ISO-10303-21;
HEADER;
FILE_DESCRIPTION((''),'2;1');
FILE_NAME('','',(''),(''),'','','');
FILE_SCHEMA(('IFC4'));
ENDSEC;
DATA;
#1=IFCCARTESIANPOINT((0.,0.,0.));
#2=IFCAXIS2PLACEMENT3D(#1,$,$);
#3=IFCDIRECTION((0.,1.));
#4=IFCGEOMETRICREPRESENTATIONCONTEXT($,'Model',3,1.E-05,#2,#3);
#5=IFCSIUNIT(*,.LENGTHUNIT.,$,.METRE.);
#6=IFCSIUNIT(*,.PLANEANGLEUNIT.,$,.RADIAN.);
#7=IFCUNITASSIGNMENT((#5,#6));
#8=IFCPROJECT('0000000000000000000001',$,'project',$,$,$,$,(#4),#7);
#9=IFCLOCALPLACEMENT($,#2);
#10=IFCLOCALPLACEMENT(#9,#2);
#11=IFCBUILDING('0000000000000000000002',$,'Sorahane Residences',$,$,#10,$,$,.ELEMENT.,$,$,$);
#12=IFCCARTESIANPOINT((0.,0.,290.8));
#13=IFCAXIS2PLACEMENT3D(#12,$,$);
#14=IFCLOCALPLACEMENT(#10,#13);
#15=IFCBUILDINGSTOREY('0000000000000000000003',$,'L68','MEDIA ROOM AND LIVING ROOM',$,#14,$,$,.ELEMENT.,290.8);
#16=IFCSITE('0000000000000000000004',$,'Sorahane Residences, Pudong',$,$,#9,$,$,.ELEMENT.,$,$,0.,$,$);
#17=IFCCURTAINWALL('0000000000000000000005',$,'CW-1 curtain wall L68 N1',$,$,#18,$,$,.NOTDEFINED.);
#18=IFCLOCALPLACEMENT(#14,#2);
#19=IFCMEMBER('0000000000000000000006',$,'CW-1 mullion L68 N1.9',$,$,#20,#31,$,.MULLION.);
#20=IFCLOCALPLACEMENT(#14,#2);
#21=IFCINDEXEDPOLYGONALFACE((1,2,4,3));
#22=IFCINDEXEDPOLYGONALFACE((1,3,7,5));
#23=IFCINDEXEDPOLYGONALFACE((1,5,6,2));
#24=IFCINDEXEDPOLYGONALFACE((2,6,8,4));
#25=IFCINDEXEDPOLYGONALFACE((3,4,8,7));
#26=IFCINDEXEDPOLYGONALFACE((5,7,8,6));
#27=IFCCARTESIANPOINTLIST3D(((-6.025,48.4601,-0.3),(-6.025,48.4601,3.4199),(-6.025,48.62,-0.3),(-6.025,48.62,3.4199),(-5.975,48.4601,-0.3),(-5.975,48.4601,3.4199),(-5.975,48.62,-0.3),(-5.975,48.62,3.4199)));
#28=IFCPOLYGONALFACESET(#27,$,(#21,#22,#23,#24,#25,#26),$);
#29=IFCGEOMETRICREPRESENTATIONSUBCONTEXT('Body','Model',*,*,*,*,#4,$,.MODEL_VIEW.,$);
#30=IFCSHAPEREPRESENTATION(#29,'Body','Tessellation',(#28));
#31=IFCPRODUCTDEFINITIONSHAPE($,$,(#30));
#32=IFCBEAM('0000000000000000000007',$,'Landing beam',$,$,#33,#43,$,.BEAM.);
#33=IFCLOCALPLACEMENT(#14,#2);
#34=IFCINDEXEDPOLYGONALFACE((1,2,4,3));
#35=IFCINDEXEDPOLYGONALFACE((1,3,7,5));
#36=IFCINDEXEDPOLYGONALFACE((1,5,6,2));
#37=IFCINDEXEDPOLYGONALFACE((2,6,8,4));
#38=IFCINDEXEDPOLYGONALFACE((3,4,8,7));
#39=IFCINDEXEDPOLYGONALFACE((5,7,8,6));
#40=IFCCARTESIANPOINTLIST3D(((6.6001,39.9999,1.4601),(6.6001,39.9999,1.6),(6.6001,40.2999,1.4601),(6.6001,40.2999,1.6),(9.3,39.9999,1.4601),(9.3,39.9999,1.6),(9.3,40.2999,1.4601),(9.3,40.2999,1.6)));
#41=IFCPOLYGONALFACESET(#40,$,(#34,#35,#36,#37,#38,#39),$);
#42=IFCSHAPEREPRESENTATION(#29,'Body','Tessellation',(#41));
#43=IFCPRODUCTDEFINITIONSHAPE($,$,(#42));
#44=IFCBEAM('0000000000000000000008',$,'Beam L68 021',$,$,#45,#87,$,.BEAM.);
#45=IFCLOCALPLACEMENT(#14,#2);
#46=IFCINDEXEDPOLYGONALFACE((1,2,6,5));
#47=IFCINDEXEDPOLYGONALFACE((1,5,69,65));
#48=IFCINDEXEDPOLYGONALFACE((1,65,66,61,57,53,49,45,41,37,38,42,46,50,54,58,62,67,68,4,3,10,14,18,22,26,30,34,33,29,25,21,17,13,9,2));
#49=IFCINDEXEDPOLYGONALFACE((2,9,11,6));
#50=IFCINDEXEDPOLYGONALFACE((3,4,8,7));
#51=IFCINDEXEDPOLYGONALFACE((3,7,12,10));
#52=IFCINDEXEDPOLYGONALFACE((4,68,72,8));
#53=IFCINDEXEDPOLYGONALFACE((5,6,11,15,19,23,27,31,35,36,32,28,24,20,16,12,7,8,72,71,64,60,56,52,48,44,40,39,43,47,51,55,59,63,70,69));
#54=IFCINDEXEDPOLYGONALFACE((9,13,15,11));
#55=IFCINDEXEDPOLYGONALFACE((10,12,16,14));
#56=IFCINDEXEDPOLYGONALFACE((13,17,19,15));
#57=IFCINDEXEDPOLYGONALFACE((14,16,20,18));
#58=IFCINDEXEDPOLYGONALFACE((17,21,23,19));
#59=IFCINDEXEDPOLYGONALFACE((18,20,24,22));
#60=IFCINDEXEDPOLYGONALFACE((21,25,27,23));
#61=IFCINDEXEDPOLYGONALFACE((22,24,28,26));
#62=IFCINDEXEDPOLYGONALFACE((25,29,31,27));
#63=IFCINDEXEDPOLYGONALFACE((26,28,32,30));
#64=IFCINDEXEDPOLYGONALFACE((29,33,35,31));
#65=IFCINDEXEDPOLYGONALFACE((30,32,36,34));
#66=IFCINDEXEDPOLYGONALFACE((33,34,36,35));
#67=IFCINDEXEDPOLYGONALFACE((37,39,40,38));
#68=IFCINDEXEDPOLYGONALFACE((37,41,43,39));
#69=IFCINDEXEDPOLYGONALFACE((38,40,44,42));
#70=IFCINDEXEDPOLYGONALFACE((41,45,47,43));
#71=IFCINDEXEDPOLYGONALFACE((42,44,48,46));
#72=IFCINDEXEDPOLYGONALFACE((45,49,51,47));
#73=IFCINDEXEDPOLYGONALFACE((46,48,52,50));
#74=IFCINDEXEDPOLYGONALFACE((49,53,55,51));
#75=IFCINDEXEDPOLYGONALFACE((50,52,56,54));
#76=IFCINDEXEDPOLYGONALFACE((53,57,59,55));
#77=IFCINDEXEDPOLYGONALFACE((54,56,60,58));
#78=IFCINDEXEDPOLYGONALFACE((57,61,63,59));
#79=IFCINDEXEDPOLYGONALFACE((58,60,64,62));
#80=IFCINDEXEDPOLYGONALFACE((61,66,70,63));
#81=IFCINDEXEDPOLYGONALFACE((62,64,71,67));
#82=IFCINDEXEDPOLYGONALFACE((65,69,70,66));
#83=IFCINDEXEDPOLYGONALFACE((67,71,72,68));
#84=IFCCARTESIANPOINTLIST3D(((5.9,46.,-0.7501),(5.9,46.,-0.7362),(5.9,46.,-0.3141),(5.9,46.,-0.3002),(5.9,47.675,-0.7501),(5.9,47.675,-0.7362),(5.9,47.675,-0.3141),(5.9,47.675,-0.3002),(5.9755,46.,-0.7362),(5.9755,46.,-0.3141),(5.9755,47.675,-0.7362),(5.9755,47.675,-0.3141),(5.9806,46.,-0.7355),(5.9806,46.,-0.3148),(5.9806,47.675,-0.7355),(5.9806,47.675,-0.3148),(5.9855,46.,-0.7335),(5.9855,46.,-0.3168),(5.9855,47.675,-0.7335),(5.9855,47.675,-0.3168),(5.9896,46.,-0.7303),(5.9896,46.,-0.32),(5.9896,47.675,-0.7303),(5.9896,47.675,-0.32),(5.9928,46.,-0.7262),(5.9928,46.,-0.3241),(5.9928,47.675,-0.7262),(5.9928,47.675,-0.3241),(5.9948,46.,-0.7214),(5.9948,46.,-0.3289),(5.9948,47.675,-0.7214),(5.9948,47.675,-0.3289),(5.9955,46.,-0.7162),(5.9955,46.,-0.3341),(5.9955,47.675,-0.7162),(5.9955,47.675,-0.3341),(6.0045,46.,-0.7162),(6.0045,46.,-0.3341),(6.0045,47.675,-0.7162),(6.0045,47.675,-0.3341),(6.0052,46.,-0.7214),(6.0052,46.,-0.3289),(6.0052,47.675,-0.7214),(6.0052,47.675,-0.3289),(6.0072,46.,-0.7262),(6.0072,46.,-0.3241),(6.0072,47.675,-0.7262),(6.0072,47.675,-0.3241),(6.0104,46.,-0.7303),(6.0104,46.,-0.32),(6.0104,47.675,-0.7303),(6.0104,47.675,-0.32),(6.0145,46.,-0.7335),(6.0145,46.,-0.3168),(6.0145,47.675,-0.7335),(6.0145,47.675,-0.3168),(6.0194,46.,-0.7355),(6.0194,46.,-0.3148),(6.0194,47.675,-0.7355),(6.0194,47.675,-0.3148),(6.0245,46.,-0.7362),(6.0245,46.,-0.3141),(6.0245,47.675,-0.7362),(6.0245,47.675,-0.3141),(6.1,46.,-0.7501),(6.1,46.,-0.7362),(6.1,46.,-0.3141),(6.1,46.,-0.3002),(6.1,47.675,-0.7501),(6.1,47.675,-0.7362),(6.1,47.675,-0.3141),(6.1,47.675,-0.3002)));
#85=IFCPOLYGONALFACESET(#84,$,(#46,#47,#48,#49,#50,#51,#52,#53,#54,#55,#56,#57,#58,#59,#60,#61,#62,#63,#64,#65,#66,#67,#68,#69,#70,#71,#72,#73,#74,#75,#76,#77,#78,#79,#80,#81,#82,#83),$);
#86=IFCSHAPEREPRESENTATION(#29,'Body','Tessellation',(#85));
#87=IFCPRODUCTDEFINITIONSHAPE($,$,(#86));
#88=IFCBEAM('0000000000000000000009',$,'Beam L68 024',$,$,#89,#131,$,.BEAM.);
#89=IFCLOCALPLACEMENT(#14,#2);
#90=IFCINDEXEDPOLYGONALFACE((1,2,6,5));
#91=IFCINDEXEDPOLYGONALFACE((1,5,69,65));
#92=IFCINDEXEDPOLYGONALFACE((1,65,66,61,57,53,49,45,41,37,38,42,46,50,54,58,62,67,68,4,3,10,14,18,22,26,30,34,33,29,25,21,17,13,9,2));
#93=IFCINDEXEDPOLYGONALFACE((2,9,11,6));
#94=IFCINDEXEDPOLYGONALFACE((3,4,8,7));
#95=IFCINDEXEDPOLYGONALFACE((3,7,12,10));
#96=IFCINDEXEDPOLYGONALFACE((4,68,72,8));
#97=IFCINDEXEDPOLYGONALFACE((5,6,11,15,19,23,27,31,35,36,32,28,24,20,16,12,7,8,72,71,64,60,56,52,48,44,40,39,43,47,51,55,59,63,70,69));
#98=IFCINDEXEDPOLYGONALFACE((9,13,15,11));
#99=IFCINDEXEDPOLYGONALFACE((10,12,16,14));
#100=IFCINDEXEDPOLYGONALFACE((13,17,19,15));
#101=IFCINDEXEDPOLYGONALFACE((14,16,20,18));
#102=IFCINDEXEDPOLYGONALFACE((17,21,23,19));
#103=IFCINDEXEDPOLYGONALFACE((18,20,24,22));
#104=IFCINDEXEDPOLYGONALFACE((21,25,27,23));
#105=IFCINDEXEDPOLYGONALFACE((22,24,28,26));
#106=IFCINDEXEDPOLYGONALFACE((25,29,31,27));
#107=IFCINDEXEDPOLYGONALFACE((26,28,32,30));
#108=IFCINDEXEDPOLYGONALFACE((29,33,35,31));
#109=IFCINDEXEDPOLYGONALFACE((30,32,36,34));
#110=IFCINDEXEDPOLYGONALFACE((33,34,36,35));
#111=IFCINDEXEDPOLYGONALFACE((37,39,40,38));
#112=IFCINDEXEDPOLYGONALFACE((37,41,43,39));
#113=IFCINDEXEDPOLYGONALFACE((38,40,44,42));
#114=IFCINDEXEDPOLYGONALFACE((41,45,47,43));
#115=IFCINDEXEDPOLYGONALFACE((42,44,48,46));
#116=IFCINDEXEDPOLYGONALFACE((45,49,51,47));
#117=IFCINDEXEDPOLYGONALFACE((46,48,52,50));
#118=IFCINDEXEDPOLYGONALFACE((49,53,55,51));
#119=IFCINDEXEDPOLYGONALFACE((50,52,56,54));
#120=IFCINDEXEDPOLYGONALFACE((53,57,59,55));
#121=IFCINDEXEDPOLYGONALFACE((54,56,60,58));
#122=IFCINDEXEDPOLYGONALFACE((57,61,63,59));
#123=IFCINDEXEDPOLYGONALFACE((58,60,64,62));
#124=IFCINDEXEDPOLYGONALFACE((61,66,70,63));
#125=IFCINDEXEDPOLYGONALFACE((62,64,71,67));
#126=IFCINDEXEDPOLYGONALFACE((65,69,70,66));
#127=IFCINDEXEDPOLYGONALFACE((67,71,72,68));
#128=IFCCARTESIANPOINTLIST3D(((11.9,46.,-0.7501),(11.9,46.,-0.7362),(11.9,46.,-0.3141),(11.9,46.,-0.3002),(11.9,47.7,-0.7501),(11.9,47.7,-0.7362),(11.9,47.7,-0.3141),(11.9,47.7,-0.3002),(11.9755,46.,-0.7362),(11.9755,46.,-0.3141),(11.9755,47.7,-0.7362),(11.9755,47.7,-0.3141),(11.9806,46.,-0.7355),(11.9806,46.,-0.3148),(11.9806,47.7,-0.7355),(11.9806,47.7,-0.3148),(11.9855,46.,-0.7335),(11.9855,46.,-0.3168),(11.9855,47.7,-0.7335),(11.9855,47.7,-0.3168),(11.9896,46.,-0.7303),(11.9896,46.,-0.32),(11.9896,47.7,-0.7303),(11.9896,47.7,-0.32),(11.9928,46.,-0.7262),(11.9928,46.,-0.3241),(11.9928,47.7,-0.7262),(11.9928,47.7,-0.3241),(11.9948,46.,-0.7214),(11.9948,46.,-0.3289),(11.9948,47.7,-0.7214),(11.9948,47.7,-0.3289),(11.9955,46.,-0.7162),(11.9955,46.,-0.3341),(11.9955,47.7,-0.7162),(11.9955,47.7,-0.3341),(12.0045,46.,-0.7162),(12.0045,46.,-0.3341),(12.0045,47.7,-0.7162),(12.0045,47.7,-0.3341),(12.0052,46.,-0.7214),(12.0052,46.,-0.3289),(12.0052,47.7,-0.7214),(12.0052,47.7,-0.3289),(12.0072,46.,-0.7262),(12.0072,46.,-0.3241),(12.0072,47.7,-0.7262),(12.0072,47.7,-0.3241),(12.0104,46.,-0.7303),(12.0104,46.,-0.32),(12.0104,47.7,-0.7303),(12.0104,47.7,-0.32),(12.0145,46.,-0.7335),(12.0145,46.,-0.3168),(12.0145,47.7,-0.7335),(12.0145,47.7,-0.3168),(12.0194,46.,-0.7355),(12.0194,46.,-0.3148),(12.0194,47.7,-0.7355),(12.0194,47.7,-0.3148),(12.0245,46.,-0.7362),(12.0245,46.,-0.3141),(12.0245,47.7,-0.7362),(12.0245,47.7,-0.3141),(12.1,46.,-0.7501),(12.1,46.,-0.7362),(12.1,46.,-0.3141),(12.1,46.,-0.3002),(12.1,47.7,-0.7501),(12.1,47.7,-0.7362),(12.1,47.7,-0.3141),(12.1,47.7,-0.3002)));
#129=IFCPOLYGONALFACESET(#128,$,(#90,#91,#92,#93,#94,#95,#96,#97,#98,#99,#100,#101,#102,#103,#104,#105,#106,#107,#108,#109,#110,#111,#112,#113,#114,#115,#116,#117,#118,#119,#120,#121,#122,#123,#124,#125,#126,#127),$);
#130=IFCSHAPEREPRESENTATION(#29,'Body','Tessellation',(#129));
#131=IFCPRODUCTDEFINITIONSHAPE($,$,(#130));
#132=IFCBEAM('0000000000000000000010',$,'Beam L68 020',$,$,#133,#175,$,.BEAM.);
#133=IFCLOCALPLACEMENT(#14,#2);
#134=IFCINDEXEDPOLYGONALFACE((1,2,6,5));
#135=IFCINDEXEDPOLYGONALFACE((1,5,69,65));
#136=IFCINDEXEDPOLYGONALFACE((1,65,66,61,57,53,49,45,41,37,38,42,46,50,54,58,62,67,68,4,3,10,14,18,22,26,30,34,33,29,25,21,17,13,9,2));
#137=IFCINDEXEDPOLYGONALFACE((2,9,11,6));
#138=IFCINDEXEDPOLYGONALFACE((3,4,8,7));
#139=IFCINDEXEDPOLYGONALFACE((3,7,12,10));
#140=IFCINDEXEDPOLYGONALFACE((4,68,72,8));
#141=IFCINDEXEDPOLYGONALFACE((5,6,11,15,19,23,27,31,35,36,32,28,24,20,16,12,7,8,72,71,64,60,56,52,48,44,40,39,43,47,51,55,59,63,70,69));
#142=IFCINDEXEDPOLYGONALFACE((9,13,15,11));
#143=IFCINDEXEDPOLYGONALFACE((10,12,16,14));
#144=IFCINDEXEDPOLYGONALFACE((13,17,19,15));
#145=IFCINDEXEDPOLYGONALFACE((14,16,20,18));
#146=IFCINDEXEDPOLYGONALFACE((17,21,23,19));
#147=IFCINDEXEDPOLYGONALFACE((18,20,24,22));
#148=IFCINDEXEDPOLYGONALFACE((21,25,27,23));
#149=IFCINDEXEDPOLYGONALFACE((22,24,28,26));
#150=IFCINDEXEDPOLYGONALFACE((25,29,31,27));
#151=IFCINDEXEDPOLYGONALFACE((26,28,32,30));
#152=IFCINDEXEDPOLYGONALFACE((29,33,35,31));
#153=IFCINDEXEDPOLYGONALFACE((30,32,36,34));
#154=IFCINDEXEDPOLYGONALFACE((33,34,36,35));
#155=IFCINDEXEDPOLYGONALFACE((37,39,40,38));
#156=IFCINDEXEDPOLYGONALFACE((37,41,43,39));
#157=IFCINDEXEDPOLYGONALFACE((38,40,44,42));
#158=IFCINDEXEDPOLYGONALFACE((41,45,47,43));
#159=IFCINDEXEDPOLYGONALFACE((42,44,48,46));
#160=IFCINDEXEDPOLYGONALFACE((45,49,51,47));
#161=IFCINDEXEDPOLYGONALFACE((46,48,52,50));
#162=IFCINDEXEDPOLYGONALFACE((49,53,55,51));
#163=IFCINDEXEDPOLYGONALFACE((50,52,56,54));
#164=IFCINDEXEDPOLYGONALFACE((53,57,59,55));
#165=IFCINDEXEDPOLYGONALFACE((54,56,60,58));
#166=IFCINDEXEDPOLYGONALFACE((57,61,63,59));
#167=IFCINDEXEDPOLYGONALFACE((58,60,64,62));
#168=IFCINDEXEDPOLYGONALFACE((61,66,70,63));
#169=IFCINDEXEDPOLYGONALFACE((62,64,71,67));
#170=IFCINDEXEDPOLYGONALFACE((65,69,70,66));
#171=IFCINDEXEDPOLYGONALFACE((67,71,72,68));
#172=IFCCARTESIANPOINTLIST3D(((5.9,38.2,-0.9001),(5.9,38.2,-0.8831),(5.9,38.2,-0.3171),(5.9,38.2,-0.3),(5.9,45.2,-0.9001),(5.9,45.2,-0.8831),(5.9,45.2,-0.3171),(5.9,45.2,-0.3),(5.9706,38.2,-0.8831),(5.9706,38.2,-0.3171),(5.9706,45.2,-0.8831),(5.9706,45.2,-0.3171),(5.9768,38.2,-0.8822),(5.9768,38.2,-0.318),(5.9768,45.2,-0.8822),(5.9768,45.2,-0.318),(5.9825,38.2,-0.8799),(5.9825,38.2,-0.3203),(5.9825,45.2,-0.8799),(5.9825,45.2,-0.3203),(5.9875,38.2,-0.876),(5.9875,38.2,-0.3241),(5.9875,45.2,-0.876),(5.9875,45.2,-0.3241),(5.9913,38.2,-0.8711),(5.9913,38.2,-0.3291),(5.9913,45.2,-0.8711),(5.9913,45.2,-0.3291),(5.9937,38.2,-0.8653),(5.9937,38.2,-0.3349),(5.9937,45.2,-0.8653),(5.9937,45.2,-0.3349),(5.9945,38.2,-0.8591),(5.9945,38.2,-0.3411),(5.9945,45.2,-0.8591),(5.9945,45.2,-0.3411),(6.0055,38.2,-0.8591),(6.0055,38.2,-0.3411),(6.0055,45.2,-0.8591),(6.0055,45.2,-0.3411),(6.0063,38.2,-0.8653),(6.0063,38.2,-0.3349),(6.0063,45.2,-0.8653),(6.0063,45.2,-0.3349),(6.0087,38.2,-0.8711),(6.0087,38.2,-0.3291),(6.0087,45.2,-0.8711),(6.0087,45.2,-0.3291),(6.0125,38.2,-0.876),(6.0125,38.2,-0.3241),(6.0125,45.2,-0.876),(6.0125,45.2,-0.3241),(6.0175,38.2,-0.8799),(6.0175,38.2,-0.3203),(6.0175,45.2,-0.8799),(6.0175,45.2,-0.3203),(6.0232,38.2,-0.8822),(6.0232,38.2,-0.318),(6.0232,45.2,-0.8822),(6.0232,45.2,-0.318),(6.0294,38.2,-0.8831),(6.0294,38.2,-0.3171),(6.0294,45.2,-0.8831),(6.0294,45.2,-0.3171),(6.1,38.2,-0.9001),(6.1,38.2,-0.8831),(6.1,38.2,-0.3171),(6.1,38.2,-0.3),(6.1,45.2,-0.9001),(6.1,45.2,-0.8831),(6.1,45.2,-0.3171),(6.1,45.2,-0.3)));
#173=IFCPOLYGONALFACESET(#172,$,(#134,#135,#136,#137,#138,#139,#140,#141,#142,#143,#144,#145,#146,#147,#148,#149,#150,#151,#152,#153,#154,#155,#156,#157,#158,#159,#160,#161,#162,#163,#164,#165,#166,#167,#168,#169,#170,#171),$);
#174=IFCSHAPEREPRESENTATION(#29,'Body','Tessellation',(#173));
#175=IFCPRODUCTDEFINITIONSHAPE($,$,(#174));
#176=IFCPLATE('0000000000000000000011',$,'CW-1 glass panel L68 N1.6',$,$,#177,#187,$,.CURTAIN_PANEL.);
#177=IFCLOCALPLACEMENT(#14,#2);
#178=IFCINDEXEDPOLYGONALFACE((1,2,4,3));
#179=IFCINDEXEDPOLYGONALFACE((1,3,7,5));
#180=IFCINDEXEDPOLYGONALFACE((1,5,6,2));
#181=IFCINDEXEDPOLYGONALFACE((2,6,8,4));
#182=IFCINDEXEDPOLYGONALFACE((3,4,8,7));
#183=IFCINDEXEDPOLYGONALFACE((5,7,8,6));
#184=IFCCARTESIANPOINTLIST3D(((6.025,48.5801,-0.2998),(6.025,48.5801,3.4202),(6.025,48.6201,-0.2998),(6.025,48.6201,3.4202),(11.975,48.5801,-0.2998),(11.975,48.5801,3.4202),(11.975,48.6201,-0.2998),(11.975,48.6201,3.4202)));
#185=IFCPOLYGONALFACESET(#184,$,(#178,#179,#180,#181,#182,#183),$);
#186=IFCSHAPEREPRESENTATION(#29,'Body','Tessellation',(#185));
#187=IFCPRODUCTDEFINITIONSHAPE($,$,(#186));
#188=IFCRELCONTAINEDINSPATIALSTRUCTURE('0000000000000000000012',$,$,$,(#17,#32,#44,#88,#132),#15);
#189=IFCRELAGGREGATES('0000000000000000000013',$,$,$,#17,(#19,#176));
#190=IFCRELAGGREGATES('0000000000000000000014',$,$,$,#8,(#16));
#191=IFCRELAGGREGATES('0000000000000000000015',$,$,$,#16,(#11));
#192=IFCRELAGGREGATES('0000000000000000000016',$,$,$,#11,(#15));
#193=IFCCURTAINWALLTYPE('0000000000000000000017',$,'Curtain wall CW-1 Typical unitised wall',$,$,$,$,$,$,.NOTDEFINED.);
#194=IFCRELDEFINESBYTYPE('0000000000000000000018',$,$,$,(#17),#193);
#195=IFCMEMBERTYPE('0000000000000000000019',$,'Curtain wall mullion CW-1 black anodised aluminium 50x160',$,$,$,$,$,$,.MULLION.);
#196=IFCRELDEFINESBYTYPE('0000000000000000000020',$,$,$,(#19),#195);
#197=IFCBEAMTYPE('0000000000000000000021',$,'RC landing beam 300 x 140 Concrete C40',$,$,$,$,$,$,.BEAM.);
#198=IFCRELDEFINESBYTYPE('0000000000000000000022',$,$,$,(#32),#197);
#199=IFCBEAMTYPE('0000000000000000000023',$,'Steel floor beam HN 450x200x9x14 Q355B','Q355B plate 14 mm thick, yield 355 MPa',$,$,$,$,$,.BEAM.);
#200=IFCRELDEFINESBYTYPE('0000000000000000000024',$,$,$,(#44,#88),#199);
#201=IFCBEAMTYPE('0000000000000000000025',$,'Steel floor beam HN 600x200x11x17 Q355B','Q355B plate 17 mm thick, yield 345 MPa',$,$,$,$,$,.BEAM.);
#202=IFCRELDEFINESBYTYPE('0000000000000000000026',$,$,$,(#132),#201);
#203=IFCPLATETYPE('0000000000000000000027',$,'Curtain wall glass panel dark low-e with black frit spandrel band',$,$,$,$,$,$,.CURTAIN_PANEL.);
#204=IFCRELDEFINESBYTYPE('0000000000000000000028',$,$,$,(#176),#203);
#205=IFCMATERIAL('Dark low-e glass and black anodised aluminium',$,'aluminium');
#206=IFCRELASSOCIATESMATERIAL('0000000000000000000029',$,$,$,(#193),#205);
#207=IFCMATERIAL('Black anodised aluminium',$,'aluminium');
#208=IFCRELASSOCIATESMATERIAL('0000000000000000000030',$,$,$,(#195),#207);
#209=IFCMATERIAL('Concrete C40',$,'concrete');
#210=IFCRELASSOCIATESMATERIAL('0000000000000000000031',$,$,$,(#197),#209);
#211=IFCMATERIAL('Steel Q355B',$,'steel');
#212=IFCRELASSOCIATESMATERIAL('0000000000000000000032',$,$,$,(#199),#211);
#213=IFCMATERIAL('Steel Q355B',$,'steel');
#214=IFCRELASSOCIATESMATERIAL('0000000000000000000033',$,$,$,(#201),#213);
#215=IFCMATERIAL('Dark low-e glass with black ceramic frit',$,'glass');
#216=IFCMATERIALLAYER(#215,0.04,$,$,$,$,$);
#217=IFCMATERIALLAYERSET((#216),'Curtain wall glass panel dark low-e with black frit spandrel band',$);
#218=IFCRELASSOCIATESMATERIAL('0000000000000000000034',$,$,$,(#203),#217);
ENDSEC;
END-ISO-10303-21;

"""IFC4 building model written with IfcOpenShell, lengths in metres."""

from ifc_helpers import new_model, si_unit, direction, frame, origin, origin_2d, place, context, subcontext, project, spatial, rectangle, i_section, extrude, material, layer, layer_set, material_profile, profile_set, type_object, element, aggregate, save


model = new_model("IFC4")

# Units and contexts
model_context = context("Model", 3, precision=1e-05, world=origin(), true_north=direction((0.0, 1.0)))
body_context = subcontext(model_context, "Body", "Model", "MODEL_VIEW")
ifc_project = project(units=[si_unit("LENGTHUNIT", "METRE"), si_unit("PLANEANGLEUNIT", "RADIAN")], contexts=[model_context])

# Site, building, storey
site_placement = place(None, origin())
site = spatial("IfcSite", under=ifc_project, at=site_placement, Name="Sorahane Residences, Pudong", CompositionType="ELEMENT", RefElevation=0.0)
building_placement = place(site_placement, origin())
building = spatial("IfcBuilding", under=site, at=building_placement, Name="Sorahane Residences", CompositionType="ELEMENT")
storey_placement = place(building_placement, frame((0.0, 0.0, 290.8)))
storey = spatial("IfcBuildingStorey", under=building, at=storey_placement, Name="L68", Description="MEDIA ROOM AND LIVING ROOM", CompositionType="ELEMENT", Elevation=290.8)

# Curtain wall, member
ifc_material_1 = material(Name="Dark low-e glass and black anodised aluminium", Category="aluminium")
curtain_wall_type = type_object("IfcCurtainWallType", Name="Curtain wall CW-1 Typical unitised wall", PredefinedType="NOTDEFINED", material=ifc_material_1)
curtain_wall_placement = place(storey_placement, origin())
curtain_wall = element("IfcCurtainWall", 1, at=curtain_wall_placement, inside=storey, type_object=curtain_wall_type, Name="CW-1 curtain wall L68 N1", PredefinedType="NOTDEFINED")
ifc_material_2 = material(Name="Black anodised aluminium", Category="aluminium")
ifc_material_profile_1 = material_profile(ifc_material_2, rectangle(XDim=0.1599, YDim=0.05, at=origin_2d()), Name="Curtain wall mullion CW-1 black anodised aluminium 50x160")
ifc_profile_set_1 = profile_set([ifc_material_profile_1], Name="Black anodised aluminium")
member_type_1 = type_object("IfcMemberType", Name="Curtain wall mullion CW-1 black anodised aluminium 50x160", PredefinedType="MULLION", material=ifc_profile_set_1)
member_1_placement = place(storey_placement, frame((-6.0, 48.54, -0.3), z_axis=(0.0, 0.0, 1.0), x_axis=(0.0, 1.0, 0.0)))
member_1 = element("IfcMember", 2, at=member_1_placement, type_object=member_type_1, Name="CW-1 mullion L68 N1.9", PredefinedType="MULLION", context=body_context, shape_type="SweptSolid", body=[
    extrude(rectangle(XDim=0.1599, YDim=0.05, at=origin_2d()), origin(), (0.0, 0.0, 1.0), 3.72),
])

# Beams
ifc_material_3 = material(Name="Concrete C40", Category="concrete")
ifc_material_profile_2 = material_profile(ifc_material_3, rectangle(XDim=0.3, YDim=0.1399, at=origin_2d()), Name="300x140")
ifc_profile_set_2 = profile_set([ifc_material_profile_2], Name="Concrete C40")
beam_type_1 = type_object("IfcBeamType", Name="RC landing beam 300 x 140 Concrete C40", PredefinedType="BEAM", material=ifc_profile_set_2)
beam_1_placement = place(storey_placement, frame((6.6001, 40.1499, 1.53), z_axis=(1.0, 0.0, 0.0), x_axis=(0.0, 1.0, 0.0)))
element("IfcBeam", 3, at=beam_1_placement, inside=storey, type_object=beam_type_1, Name="Landing beam", PredefinedType="BEAM", context=body_context, shape_type="SweptSolid", body=[
    extrude(rectangle(XDim=0.3, YDim=0.1399, at=origin_2d()), origin(), (0.0, 0.0, 1.0), 2.7),
])
ifc_material_4 = material(Name="Steel Q355B", Category="steel")
ifc_material_profile_3 = material_profile(ifc_material_4, i_section(OverallWidth=0.2, OverallDepth=0.45, WebThickness=0.009, FlangeThickness=0.0139, FilletRadius=0.02, at=origin_2d()), Name="HN 450x200x9x14")
ifc_profile_set_3 = profile_set([ifc_material_profile_3], Name="Steel Q355B")
beam_type_2 = type_object("IfcBeamType", Name="Steel floor beam HN 450x200x9x14 Q355B", Description="Q355B plate 14 mm thick, yield 355 MPa", PredefinedType="BEAM", material=ifc_profile_set_3)
beam_2_placement = place(storey_placement, frame((6.0, 46.0, -0.5251), z_axis=(0.0, 1.0, 0.0), x_axis=(-1.0, 0.0, 0.0)))
element("IfcBeam", 4, at=beam_2_placement, inside=storey, type_object=beam_type_2, Name="Beam L68 021", PredefinedType="BEAM", context=body_context, shape_type="SweptSolid", body=[
    extrude(i_section(OverallWidth=0.2, OverallDepth=0.45, WebThickness=0.009, FlangeThickness=0.0139, FilletRadius=0.02, at=origin_2d()), origin(), (0.0, 0.0, 1.0), 1.675),
])
beam_3_placement = place(storey_placement, frame((12.0, 46.0, -0.5251), z_axis=(0.0, 1.0, 0.0), x_axis=(-1.0, 0.0, 0.0)))
element("IfcBeam", 5, at=beam_3_placement, inside=storey, type_object=beam_type_2, Name="Beam L68 024", PredefinedType="BEAM", context=body_context, shape_type="SweptSolid", body=[
    extrude(i_section(OverallWidth=0.2, OverallDepth=0.45, WebThickness=0.009, FlangeThickness=0.0139, FilletRadius=0.02, at=origin_2d()), origin(), (0.0, 0.0, 1.0), 1.7),
])
ifc_material_5 = material(Name="Steel Q355B", Category="steel")
ifc_material_profile_4 = material_profile(ifc_material_5, i_section(OverallWidth=0.2, OverallDepth=0.6001, WebThickness=0.011, FlangeThickness=0.0171, FilletRadius=0.0239, at=origin_2d()), Name="HN 600x200x11x17")
ifc_profile_set_4 = profile_set([ifc_material_profile_4], Name="Steel Q355B")
beam_type_3 = type_object("IfcBeamType", Name="Steel floor beam HN 600x200x11x17 Q355B", Description="Q355B plate 17 mm thick, yield 345 MPa", PredefinedType="BEAM", material=ifc_profile_set_4)
beam_4_placement = place(storey_placement, frame((6.0, 38.2, -0.6001), z_axis=(0.0, 1.0, 0.0), x_axis=(-1.0, 0.0, 0.0)))
element("IfcBeam", 6, at=beam_4_placement, inside=storey, type_object=beam_type_3, Name="Beam L68 020", PredefinedType="BEAM", context=body_context, shape_type="SweptSolid", body=[
    extrude(i_section(OverallWidth=0.2, OverallDepth=0.6001, WebThickness=0.011, FlangeThickness=0.0171, FilletRadius=0.0239, at=origin_2d()), origin(), (0.0, 0.0, 1.0), 7.0),
])

# Plate
ifc_material_6 = material(Name="Dark low-e glass with black ceramic frit", Category="glass")
ifc_layer_1 = layer(ifc_material_6, 0.04)
ifc_layer_set_1 = layer_set([ifc_layer_1], Name="Curtain wall glass panel dark low-e with black frit spandrel band")
plate_type = type_object("IfcPlateType", Name="Curtain wall glass panel dark low-e with black frit spandrel band", PredefinedType="CURTAIN_PANEL", material=ifc_layer_set_1)
plate_1_placement = place(storey_placement, frame((9.0, 48.6001, -0.2998), z_axis=(0.0, 0.0, 1.0), x_axis=(-1.0, 0.0, 0.0)))
plate_1 = element("IfcPlate", 7, at=plate_1_placement, type_object=plate_type, Name="CW-1 glass panel L68 N1.6", PredefinedType="CURTAIN_PANEL", context=body_context, shape_type="SweptSolid", body=[
    extrude(rectangle(XDim=5.95, YDim=0.04, at=origin_2d()), origin(), (0.0, 0.0, 1.0), 3.72),
])
aggregate(curtain_wall, [member_1, plate_1])

save(model, "model.ifc")
